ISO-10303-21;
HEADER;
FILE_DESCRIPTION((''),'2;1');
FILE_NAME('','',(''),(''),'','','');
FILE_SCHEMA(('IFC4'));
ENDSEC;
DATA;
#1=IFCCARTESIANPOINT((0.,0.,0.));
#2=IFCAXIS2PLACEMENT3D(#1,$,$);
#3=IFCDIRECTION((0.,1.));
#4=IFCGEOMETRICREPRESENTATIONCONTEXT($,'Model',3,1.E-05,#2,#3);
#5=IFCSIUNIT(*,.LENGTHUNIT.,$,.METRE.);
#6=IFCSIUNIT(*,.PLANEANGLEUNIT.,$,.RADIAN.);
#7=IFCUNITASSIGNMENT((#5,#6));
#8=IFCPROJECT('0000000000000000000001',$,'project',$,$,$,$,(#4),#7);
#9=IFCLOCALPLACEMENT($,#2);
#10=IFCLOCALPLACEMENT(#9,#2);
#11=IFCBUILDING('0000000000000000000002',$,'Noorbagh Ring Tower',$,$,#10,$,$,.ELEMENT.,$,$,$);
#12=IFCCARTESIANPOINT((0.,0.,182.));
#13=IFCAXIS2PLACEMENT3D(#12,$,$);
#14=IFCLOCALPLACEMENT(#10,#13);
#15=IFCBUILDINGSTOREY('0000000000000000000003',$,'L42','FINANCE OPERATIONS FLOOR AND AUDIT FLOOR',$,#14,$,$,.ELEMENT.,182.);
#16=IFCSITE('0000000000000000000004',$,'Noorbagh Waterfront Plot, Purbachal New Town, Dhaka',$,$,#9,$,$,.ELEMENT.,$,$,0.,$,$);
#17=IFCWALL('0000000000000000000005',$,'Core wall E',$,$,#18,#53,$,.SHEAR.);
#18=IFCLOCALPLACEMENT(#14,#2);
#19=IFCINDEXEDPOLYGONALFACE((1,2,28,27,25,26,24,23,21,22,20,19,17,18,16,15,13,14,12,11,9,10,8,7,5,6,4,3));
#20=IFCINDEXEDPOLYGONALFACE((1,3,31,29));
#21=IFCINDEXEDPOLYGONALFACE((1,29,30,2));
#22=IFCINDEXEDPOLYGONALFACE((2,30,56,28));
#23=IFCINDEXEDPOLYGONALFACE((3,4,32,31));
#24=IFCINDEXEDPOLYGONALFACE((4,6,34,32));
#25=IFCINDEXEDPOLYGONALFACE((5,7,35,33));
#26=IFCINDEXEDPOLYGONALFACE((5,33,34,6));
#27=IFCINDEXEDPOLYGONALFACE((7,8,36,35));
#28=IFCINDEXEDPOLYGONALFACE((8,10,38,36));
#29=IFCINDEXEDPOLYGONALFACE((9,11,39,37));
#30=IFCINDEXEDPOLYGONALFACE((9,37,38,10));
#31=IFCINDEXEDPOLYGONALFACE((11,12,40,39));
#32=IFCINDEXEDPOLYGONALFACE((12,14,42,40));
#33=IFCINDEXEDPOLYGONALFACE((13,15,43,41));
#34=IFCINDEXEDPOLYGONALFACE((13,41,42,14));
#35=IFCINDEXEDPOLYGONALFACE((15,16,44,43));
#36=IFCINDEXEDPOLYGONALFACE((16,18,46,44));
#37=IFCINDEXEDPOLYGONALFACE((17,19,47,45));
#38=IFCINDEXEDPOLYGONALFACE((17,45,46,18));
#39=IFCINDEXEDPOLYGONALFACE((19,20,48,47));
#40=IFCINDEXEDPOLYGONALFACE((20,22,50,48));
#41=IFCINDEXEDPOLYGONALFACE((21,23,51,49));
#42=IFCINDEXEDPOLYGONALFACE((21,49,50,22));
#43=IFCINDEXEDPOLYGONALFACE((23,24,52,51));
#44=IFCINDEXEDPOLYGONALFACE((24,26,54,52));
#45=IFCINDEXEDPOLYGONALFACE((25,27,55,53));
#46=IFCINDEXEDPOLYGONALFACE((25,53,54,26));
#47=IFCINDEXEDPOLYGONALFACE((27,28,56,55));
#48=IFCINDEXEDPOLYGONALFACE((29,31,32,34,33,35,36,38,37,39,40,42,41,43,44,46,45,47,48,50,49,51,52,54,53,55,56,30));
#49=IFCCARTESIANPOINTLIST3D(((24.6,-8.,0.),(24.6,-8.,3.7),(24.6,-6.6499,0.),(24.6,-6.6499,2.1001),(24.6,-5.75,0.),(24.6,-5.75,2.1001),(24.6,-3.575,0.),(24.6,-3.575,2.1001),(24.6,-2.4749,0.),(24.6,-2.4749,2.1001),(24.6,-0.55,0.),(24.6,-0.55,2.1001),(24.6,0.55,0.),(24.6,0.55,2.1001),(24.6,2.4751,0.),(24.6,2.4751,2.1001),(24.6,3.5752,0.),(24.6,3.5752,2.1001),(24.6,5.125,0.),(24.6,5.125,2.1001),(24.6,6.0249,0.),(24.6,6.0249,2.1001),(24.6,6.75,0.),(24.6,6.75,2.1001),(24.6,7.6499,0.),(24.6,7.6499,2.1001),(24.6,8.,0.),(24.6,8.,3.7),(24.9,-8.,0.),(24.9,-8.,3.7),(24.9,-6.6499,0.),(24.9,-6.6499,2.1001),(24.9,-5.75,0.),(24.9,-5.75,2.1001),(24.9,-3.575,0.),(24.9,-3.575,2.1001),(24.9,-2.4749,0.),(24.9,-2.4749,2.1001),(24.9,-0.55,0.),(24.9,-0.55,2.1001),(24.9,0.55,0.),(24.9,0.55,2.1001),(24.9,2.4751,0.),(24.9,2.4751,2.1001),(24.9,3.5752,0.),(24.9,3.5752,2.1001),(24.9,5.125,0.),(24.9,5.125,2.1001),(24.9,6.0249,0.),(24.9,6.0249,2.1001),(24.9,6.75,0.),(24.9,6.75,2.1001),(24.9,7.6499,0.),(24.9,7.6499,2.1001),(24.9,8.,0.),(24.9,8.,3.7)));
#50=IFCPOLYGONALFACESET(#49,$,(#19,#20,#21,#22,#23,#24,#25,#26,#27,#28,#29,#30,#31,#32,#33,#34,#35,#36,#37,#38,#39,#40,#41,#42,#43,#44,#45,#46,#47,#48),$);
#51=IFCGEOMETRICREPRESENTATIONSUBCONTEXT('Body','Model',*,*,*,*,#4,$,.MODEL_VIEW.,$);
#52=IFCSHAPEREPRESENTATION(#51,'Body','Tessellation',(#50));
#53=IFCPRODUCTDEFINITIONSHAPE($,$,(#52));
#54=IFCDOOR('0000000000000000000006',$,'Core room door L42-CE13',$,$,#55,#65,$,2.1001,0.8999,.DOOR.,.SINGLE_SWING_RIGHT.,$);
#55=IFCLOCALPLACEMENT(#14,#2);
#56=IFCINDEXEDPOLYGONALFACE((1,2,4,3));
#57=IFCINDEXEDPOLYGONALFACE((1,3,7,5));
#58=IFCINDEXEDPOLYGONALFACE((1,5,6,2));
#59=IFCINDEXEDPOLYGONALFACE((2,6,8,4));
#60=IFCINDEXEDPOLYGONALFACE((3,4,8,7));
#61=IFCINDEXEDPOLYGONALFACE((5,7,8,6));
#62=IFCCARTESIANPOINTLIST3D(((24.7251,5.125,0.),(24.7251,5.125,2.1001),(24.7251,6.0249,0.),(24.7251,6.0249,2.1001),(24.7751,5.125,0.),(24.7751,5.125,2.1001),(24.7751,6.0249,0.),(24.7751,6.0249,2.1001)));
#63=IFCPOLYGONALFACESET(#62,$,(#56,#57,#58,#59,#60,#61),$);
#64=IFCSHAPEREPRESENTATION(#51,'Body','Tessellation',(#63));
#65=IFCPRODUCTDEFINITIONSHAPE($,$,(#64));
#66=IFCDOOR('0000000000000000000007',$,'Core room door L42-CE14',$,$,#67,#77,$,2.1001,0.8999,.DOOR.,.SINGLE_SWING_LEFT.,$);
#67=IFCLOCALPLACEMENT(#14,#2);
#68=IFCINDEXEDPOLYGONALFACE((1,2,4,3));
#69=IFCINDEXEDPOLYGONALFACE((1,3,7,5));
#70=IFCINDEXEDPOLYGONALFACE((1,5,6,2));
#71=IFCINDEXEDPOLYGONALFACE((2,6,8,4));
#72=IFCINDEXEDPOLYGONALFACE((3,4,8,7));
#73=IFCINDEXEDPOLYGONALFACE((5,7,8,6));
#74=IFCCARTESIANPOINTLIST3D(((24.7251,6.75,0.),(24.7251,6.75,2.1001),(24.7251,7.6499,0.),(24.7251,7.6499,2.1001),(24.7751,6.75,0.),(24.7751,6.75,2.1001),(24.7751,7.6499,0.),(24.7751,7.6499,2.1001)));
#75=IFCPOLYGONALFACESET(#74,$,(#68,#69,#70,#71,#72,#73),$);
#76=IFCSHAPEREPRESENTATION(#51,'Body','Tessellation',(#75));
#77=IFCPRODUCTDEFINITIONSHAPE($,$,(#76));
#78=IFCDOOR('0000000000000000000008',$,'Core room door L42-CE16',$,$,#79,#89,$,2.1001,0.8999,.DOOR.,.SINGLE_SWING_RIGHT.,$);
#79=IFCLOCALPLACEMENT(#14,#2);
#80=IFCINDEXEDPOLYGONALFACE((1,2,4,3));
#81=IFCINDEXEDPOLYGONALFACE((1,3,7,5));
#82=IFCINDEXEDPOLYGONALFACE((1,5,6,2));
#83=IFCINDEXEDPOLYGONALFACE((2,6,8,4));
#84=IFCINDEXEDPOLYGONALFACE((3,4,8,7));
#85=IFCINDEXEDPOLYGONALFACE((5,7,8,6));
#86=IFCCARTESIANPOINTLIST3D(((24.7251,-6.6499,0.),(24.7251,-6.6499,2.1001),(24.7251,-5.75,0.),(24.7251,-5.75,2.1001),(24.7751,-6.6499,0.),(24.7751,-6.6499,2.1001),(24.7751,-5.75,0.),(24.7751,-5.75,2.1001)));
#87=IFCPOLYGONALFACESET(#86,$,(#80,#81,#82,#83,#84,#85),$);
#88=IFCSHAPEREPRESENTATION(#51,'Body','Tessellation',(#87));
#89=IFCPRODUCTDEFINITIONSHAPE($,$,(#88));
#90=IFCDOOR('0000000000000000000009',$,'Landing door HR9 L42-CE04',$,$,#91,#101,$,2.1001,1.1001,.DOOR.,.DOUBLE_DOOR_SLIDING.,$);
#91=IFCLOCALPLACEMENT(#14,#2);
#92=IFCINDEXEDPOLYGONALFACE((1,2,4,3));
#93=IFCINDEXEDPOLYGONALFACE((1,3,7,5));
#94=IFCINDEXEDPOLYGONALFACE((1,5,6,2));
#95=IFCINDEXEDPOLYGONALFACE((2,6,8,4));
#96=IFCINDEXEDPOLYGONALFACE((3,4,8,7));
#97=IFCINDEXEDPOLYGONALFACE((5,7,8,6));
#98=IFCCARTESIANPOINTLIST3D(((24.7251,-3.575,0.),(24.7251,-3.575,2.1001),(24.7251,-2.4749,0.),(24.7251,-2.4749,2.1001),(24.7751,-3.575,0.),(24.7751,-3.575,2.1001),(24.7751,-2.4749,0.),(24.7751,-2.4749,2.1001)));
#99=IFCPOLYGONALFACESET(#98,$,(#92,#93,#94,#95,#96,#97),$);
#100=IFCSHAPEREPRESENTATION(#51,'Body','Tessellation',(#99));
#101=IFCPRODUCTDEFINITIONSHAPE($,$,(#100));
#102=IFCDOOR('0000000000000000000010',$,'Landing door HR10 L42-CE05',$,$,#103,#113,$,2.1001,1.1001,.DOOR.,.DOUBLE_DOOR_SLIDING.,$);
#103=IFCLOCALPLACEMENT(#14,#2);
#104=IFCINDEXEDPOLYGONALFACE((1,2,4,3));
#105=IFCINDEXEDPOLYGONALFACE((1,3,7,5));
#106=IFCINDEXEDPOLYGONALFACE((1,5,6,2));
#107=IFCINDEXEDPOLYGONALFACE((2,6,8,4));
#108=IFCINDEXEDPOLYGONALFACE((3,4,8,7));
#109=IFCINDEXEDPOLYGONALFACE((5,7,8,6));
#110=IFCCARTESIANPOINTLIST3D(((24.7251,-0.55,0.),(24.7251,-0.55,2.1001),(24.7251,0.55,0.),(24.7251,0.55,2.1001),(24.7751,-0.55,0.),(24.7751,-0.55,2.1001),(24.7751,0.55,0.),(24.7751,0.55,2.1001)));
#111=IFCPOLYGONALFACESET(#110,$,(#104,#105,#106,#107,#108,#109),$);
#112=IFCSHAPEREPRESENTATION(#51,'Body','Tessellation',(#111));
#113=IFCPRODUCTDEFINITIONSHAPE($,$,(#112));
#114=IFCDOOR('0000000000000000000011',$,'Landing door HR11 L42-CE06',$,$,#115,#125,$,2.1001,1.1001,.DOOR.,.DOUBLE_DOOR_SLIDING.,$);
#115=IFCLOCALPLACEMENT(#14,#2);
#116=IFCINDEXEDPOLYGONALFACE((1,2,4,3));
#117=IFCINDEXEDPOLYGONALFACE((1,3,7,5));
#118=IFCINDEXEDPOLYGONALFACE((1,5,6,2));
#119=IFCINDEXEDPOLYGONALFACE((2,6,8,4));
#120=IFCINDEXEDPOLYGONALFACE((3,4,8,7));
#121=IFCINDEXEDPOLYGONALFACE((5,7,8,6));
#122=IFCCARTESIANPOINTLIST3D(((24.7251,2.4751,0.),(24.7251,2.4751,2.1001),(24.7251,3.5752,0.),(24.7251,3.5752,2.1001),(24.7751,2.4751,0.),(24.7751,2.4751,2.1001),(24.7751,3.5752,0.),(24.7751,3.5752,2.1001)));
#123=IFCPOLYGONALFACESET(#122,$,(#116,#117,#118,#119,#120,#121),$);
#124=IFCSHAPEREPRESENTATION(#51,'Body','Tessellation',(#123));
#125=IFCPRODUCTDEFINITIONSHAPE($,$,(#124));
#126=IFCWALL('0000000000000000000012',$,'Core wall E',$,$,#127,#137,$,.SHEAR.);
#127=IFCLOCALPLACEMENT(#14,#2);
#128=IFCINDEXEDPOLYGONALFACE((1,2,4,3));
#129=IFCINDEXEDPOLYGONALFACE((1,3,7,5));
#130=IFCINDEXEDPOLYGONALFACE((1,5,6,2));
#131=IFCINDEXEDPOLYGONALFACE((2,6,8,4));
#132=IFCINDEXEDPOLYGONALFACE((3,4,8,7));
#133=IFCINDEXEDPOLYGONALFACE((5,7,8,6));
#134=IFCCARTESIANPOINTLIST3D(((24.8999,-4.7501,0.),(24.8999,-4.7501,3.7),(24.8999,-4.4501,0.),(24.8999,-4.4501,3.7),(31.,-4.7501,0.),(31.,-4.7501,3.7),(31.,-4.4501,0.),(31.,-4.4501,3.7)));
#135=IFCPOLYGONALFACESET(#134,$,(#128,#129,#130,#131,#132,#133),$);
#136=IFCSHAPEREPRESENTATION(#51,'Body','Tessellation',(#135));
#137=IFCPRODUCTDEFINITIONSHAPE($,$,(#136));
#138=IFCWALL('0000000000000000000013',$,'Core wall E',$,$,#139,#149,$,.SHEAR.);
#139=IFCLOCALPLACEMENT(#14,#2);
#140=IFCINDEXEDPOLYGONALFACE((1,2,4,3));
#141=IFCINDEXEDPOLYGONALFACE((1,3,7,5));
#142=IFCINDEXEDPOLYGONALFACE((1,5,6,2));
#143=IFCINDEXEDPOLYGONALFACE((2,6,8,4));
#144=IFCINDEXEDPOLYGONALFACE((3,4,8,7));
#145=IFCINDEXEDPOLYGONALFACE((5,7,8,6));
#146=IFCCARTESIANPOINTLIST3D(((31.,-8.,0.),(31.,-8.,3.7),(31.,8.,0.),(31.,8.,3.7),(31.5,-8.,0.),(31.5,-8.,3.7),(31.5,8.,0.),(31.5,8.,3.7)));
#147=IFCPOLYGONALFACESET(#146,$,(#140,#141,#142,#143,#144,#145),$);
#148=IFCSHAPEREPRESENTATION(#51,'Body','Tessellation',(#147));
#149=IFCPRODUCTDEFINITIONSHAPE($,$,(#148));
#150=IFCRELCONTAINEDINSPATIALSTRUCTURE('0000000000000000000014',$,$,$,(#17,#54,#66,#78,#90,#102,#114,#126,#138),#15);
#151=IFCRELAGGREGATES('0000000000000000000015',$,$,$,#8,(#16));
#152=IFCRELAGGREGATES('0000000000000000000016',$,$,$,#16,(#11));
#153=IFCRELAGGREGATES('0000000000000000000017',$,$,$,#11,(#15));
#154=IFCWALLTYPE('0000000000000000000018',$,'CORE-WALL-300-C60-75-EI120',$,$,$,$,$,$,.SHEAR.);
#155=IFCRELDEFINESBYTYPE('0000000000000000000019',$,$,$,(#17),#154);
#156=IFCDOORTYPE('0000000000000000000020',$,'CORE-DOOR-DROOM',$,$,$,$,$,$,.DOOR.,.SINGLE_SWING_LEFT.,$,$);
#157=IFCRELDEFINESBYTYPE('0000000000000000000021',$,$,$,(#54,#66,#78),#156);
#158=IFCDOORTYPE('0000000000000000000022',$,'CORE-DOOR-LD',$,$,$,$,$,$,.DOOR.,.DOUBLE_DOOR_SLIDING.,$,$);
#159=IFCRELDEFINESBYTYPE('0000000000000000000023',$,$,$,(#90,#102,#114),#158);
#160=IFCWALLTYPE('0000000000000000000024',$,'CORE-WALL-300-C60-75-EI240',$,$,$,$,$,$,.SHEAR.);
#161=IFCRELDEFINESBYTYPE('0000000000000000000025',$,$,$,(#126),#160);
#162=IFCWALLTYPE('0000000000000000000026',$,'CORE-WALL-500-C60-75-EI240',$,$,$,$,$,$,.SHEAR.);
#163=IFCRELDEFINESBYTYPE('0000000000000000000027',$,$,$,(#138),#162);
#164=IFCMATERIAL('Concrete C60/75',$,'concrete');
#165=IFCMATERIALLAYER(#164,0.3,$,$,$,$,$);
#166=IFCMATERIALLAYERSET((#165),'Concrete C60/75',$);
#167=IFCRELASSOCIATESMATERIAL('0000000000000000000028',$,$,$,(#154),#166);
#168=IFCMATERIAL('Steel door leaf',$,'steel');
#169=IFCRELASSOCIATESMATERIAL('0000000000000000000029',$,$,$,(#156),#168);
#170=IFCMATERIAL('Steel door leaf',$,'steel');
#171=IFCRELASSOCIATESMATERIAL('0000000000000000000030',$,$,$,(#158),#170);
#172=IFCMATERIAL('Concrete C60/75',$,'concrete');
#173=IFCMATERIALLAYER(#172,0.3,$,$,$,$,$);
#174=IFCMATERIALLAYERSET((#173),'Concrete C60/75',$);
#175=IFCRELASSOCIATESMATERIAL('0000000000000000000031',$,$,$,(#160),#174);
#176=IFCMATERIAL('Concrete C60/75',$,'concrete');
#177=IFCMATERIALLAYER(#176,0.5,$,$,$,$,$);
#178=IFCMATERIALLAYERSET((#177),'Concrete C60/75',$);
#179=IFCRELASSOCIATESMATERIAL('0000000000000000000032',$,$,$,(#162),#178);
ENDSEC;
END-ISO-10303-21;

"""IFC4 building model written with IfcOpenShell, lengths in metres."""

from ifc_helpers import new_model, si_unit, direction, frame, frame_2d, origin, place, context, subcontext, project, spatial, rectangle, extrude, material, layer, layer_set, type_object, element, fill, save


model = new_model("IFC4")

# Units and contexts
model_context = context("Model", 3, precision=1e-05, world=origin(), true_north=direction((0.0, 1.0)))
body_context = subcontext(model_context, "Body", "Model", "MODEL_VIEW")
ifc_project = project(units=[si_unit("LENGTHUNIT", "METRE"), si_unit("PLANEANGLEUNIT", "RADIAN")], contexts=[model_context])

# Site, building, storey
site_placement = place(None, origin())
site = spatial("IfcSite", under=ifc_project, at=site_placement, Name="Noorbagh Waterfront Plot, Purbachal New Town, Dhaka", CompositionType="ELEMENT", RefElevation=0.0)
building_placement = place(site_placement, origin())
building = spatial("IfcBuilding", under=site, at=building_placement, Name="Noorbagh Ring Tower", CompositionType="ELEMENT")
storey_placement = place(building_placement, frame((0.0, 0.0, 182.0)))
storey = spatial("IfcBuildingStorey", under=building, at=storey_placement, Name="L42", Description="FINANCE OPERATIONS FLOOR AND AUDIT FLOOR", CompositionType="ELEMENT", Elevation=182.0)

# Shared definitions
ifc_material_1 = material(Name="Concrete C60/75", Category="concrete")
ifc_layer_1 = layer(ifc_material_1, 0.3)
ifc_layer_set_1 = layer_set([ifc_layer_1], Name="Concrete C60/75")
wall_type_1 = type_object("IfcWallType", Name="CORE-WALL-300-C60-75-EI120", PredefinedType="SHEAR", material=ifc_layer_set_1)

# Wall, openings, doors
wall_1_placement = place(storey_placement, frame((24.75, -8.0, 0.0), z_axis=(0.0, 0.0, 1.0), x_axis=(0.0, 1.0, 0.0)))
wall_1 = element("IfcWall", 1, at=wall_1_placement, inside=storey, type_object=wall_type_1, Name="Core wall E", PredefinedType="SHEAR", context=body_context, shape_type="SweptSolid", body=[
    extrude(rectangle(XDim=16.0, YDim=0.3, at=frame_2d((8.0, 0.0))), origin(), (0.0, 0.0, 1.0), 3.7),
])
opening_1_placement = place(wall_1_placement, frame((4.425, 0.0, 0.0)))
opening_1 = element("IfcOpeningElement", 2, at=opening_1_placement, cuts=wall_1, PredefinedType="OPENING", context=body_context, shape_type="SweptSolid", body=[
    extrude(rectangle(XDim=1.1001, YDim=2.1001, at=frame_2d((0.55, 1.05))), frame((0.0, 0.1602, 0.0), z_axis=(0.0, -1.0, 0.0), x_axis=(1.0, 0.0, 0.0)), (0.0, 0.0, 1.0), 0.3201),
])
opening_2_placement = place(wall_1_placement, frame((7.45, 0.0, 0.0)))
opening_2 = element("IfcOpeningElement", 3, at=opening_2_placement, cuts=wall_1, PredefinedType="OPENING", context=body_context, shape_type="SweptSolid", body=[
    extrude(rectangle(XDim=1.1001, YDim=2.1001, at=frame_2d((0.55, 1.05))), frame((0.0, 0.1602, 0.0), z_axis=(0.0, -1.0, 0.0), x_axis=(1.0, 0.0, 0.0)), (0.0, 0.0, 1.0), 0.3201),
])
opening_3_placement = place(wall_1_placement, frame((10.4751, 0.0, 0.0)))
opening_3 = element("IfcOpeningElement", 4, at=opening_3_placement, cuts=wall_1, PredefinedType="OPENING", context=body_context, shape_type="SweptSolid", body=[
    extrude(rectangle(XDim=1.1001, YDim=2.1001, at=frame_2d((0.55, 1.05))), frame((0.0, 0.1602, 0.0), z_axis=(0.0, -1.0, 0.0), x_axis=(1.0, 0.0, 0.0)), (0.0, 0.0, 1.0), 0.3201),
])
opening_4_placement = place(wall_1_placement, frame((13.125, 0.0, 0.0)))
opening_4 = element("IfcOpeningElement", 5, at=opening_4_placement, cuts=wall_1, PredefinedType="OPENING", context=body_context, shape_type="SweptSolid", body=[
    extrude(rectangle(XDim=0.8999, YDim=2.1001, at=frame_2d((0.45, 1.05))), frame((0.0, 0.1602, 0.0), z_axis=(0.0, -1.0, 0.0), x_axis=(1.0, 0.0, 0.0)), (0.0, 0.0, 1.0), 0.3201),
])
opening_5_placement = place(wall_1_placement, frame((14.75, 0.0, 0.0)))
opening_5 = element("IfcOpeningElement", 6, at=opening_5_placement, cuts=wall_1, PredefinedType="OPENING", context=body_context, shape_type="SweptSolid", body=[
    extrude(rectangle(XDim=0.8999, YDim=2.1001, at=frame_2d((0.45, 1.05))), frame((0.0, 0.1602, 0.0), z_axis=(0.0, -1.0, 0.0), x_axis=(1.0, 0.0, 0.0)), (0.0, 0.0, 1.0), 0.3201),
])
opening_6_placement = place(wall_1_placement, frame((1.3501, 0.0, 0.0)))
opening_6 = element("IfcOpeningElement", 7, at=opening_6_placement, cuts=wall_1, PredefinedType="OPENING", context=body_context, shape_type="SweptSolid", body=[
    extrude(rectangle(XDim=0.8999, YDim=2.1001, at=frame_2d((0.45, 1.05))), frame((0.0, 0.1602, 0.0), z_axis=(0.0, -1.0, 0.0), x_axis=(1.0, 0.0, 0.0)), (0.0, 0.0, 1.0), 0.3201),
])
ifc_material_2 = material(Name="Steel door leaf", Category="steel")
door_type_1 = type_object("IfcDoorType", Name="CORE-DOOR-DROOM", OperationType="SINGLE_SWING_LEFT", PredefinedType="DOOR", material=ifc_material_2)
door_1_placement = place(opening_4_placement, origin())
door_1 = element("IfcDoor", 8, at=door_1_placement, inside=storey, type_object=door_type_1, Name="Core room door L42-CE13", OperationType="SINGLE_SWING_RIGHT", OverallHeight=2.1001, OverallWidth=0.8999, PredefinedType="DOOR", context=body_context, shape_type="SweptSolid", body=[
    extrude(rectangle(XDim=0.8999, YDim=2.1001, at=frame_2d((0.45, 1.05))), frame((0.0, 0.0249, 0.0), z_axis=(0.0, -1.0, 0.0), x_axis=(1.0, 0.0, 0.0)), (0.0, 0.0, 1.0), 0.05),
])
fill(opening_4, door_1)
door_2_placement = place(opening_5_placement, origin())
door_2 = element("IfcDoor", 9, at=door_2_placement, inside=storey, type_object=door_type_1, Name="Core room door L42-CE14", OperationType="SINGLE_SWING_LEFT", OverallHeight=2.1001, OverallWidth=0.8999, PredefinedType="DOOR", context=body_context, shape_type="SweptSolid", body=[
    extrude(rectangle(XDim=0.8999, YDim=2.1001, at=frame_2d((0.45, 1.05))), frame((0.0, 0.0249, 0.0), z_axis=(0.0, -1.0, 0.0), x_axis=(1.0, 0.0, 0.0)), (0.0, 0.0, 1.0), 0.05),
])
fill(opening_5, door_2)
door_3_placement = place(opening_6_placement, origin())
door_3 = element("IfcDoor", 10, at=door_3_placement, inside=storey, type_object=door_type_1, Name="Core room door L42-CE16", OperationType="SINGLE_SWING_RIGHT", OverallHeight=2.1001, OverallWidth=0.8999, PredefinedType="DOOR", context=body_context, shape_type="SweptSolid", body=[
    extrude(rectangle(XDim=0.8999, YDim=2.1001, at=frame_2d((0.45, 1.05))), frame((0.0, 0.0249, 0.0), z_axis=(0.0, -1.0, 0.0), x_axis=(1.0, 0.0, 0.0)), (0.0, 0.0, 1.0), 0.05),
])
fill(opening_6, door_3)
ifc_material_3 = material(Name="Steel door leaf", Category="steel")
door_type_2 = type_object("IfcDoorType", Name="CORE-DOOR-LD", OperationType="DOUBLE_DOOR_SLIDING", PredefinedType="DOOR", material=ifc_material_3)
door_4_placement = place(opening_1_placement, origin())
door_4 = element("IfcDoor", 11, at=door_4_placement, inside=storey, type_object=door_type_2, Name="Landing door HR9 L42-CE04", OperationType="DOUBLE_DOOR_SLIDING", OverallHeight=2.1001, OverallWidth=1.1001, PredefinedType="DOOR", context=body_context, shape_type="SweptSolid", body=[
    extrude(rectangle(XDim=1.1001, YDim=2.1001, at=frame_2d((0.55, 1.05))), frame((0.0, 0.0249, 0.0), z_axis=(0.0, -1.0, 0.0), x_axis=(1.0, 0.0, 0.0)), (0.0, 0.0, 1.0), 0.05),
])
fill(opening_1, door_4)
door_5_placement = place(opening_2_placement, origin())
door_5 = element("IfcDoor", 12, at=door_5_placement, inside=storey, type_object=door_type_2, Name="Landing door HR10 L42-CE05", OperationType="DOUBLE_DOOR_SLIDING", OverallHeight=2.1001, OverallWidth=1.1001, PredefinedType="DOOR", context=body_context, shape_type="SweptSolid", body=[
    extrude(rectangle(XDim=1.1001, YDim=2.1001, at=frame_2d((0.55, 1.05))), frame((0.0, 0.0249, 0.0), z_axis=(0.0, -1.0, 0.0), x_axis=(1.0, 0.0, 0.0)), (0.0, 0.0, 1.0), 0.05),
])
fill(opening_2, door_5)
door_6_placement = place(opening_3_placement, origin())
door_6 = element("IfcDoor", 13, at=door_6_placement, inside=storey, type_object=door_type_2, Name="Landing door HR11 L42-CE06", OperationType="DOUBLE_DOOR_SLIDING", OverallHeight=2.1001, OverallWidth=1.1001, PredefinedType="DOOR", context=body_context, shape_type="SweptSolid", body=[
    extrude(rectangle(XDim=1.1001, YDim=2.1001, at=frame_2d((0.55, 1.05))), frame((0.0, 0.0249, 0.0), z_axis=(0.0, -1.0, 0.0), x_axis=(1.0, 0.0, 0.0)), (0.0, 0.0, 1.0), 0.05),
])
fill(opening_3, door_6)

# Walls
ifc_material_4 = material(Name="Concrete C60/75", Category="concrete")
ifc_layer_2 = layer(ifc_material_4, 0.3)
ifc_layer_set_2 = layer_set([ifc_layer_2], Name="Concrete C60/75")
wall_type_2 = type_object("IfcWallType", Name="CORE-WALL-300-C60-75-EI240", PredefinedType="SHEAR", material=ifc_layer_set_2)
wall_2_placement = place(storey_placement, frame((24.8999, -4.6001, 0.0), z_axis=(0.0, 0.0, 1.0), x_axis=(1.0, 0.0, 0.0)))
element("IfcWall", 14, at=wall_2_placement, inside=storey, type_object=wall_type_2, Name="Core wall E", PredefinedType="SHEAR", context=body_context, shape_type="SweptSolid", body=[
    extrude(rectangle(XDim=6.1001, YDim=0.3, at=frame_2d((3.05, 0.0))), origin(), (0.0, 0.0, 1.0), 3.7),
])
ifc_material_5 = material(Name="Concrete C60/75", Category="concrete")
ifc_layer_3 = layer(ifc_material_5, 0.5)
ifc_layer_set_3 = layer_set([ifc_layer_3], Name="Concrete C60/75")
wall_type_3 = type_object("IfcWallType", Name="CORE-WALL-500-C60-75-EI240", PredefinedType="SHEAR", material=ifc_layer_set_3)
wall_3_placement = place(storey_placement, frame((31.25, -8.0, 0.0), z_axis=(0.0, 0.0, 1.0), x_axis=(0.0, 1.0, 0.0)))
element("IfcWall", 15, at=wall_3_placement, inside=storey, type_object=wall_type_3, Name="Core wall E", PredefinedType="SHEAR", context=body_context, shape_type="SweptSolid", body=[
    extrude(rectangle(XDim=16.0, YDim=0.5, at=frame_2d((8.0, 0.0))), origin(), (0.0, 0.0, 1.0), 3.7),
])

save(model, "model.ifc")
